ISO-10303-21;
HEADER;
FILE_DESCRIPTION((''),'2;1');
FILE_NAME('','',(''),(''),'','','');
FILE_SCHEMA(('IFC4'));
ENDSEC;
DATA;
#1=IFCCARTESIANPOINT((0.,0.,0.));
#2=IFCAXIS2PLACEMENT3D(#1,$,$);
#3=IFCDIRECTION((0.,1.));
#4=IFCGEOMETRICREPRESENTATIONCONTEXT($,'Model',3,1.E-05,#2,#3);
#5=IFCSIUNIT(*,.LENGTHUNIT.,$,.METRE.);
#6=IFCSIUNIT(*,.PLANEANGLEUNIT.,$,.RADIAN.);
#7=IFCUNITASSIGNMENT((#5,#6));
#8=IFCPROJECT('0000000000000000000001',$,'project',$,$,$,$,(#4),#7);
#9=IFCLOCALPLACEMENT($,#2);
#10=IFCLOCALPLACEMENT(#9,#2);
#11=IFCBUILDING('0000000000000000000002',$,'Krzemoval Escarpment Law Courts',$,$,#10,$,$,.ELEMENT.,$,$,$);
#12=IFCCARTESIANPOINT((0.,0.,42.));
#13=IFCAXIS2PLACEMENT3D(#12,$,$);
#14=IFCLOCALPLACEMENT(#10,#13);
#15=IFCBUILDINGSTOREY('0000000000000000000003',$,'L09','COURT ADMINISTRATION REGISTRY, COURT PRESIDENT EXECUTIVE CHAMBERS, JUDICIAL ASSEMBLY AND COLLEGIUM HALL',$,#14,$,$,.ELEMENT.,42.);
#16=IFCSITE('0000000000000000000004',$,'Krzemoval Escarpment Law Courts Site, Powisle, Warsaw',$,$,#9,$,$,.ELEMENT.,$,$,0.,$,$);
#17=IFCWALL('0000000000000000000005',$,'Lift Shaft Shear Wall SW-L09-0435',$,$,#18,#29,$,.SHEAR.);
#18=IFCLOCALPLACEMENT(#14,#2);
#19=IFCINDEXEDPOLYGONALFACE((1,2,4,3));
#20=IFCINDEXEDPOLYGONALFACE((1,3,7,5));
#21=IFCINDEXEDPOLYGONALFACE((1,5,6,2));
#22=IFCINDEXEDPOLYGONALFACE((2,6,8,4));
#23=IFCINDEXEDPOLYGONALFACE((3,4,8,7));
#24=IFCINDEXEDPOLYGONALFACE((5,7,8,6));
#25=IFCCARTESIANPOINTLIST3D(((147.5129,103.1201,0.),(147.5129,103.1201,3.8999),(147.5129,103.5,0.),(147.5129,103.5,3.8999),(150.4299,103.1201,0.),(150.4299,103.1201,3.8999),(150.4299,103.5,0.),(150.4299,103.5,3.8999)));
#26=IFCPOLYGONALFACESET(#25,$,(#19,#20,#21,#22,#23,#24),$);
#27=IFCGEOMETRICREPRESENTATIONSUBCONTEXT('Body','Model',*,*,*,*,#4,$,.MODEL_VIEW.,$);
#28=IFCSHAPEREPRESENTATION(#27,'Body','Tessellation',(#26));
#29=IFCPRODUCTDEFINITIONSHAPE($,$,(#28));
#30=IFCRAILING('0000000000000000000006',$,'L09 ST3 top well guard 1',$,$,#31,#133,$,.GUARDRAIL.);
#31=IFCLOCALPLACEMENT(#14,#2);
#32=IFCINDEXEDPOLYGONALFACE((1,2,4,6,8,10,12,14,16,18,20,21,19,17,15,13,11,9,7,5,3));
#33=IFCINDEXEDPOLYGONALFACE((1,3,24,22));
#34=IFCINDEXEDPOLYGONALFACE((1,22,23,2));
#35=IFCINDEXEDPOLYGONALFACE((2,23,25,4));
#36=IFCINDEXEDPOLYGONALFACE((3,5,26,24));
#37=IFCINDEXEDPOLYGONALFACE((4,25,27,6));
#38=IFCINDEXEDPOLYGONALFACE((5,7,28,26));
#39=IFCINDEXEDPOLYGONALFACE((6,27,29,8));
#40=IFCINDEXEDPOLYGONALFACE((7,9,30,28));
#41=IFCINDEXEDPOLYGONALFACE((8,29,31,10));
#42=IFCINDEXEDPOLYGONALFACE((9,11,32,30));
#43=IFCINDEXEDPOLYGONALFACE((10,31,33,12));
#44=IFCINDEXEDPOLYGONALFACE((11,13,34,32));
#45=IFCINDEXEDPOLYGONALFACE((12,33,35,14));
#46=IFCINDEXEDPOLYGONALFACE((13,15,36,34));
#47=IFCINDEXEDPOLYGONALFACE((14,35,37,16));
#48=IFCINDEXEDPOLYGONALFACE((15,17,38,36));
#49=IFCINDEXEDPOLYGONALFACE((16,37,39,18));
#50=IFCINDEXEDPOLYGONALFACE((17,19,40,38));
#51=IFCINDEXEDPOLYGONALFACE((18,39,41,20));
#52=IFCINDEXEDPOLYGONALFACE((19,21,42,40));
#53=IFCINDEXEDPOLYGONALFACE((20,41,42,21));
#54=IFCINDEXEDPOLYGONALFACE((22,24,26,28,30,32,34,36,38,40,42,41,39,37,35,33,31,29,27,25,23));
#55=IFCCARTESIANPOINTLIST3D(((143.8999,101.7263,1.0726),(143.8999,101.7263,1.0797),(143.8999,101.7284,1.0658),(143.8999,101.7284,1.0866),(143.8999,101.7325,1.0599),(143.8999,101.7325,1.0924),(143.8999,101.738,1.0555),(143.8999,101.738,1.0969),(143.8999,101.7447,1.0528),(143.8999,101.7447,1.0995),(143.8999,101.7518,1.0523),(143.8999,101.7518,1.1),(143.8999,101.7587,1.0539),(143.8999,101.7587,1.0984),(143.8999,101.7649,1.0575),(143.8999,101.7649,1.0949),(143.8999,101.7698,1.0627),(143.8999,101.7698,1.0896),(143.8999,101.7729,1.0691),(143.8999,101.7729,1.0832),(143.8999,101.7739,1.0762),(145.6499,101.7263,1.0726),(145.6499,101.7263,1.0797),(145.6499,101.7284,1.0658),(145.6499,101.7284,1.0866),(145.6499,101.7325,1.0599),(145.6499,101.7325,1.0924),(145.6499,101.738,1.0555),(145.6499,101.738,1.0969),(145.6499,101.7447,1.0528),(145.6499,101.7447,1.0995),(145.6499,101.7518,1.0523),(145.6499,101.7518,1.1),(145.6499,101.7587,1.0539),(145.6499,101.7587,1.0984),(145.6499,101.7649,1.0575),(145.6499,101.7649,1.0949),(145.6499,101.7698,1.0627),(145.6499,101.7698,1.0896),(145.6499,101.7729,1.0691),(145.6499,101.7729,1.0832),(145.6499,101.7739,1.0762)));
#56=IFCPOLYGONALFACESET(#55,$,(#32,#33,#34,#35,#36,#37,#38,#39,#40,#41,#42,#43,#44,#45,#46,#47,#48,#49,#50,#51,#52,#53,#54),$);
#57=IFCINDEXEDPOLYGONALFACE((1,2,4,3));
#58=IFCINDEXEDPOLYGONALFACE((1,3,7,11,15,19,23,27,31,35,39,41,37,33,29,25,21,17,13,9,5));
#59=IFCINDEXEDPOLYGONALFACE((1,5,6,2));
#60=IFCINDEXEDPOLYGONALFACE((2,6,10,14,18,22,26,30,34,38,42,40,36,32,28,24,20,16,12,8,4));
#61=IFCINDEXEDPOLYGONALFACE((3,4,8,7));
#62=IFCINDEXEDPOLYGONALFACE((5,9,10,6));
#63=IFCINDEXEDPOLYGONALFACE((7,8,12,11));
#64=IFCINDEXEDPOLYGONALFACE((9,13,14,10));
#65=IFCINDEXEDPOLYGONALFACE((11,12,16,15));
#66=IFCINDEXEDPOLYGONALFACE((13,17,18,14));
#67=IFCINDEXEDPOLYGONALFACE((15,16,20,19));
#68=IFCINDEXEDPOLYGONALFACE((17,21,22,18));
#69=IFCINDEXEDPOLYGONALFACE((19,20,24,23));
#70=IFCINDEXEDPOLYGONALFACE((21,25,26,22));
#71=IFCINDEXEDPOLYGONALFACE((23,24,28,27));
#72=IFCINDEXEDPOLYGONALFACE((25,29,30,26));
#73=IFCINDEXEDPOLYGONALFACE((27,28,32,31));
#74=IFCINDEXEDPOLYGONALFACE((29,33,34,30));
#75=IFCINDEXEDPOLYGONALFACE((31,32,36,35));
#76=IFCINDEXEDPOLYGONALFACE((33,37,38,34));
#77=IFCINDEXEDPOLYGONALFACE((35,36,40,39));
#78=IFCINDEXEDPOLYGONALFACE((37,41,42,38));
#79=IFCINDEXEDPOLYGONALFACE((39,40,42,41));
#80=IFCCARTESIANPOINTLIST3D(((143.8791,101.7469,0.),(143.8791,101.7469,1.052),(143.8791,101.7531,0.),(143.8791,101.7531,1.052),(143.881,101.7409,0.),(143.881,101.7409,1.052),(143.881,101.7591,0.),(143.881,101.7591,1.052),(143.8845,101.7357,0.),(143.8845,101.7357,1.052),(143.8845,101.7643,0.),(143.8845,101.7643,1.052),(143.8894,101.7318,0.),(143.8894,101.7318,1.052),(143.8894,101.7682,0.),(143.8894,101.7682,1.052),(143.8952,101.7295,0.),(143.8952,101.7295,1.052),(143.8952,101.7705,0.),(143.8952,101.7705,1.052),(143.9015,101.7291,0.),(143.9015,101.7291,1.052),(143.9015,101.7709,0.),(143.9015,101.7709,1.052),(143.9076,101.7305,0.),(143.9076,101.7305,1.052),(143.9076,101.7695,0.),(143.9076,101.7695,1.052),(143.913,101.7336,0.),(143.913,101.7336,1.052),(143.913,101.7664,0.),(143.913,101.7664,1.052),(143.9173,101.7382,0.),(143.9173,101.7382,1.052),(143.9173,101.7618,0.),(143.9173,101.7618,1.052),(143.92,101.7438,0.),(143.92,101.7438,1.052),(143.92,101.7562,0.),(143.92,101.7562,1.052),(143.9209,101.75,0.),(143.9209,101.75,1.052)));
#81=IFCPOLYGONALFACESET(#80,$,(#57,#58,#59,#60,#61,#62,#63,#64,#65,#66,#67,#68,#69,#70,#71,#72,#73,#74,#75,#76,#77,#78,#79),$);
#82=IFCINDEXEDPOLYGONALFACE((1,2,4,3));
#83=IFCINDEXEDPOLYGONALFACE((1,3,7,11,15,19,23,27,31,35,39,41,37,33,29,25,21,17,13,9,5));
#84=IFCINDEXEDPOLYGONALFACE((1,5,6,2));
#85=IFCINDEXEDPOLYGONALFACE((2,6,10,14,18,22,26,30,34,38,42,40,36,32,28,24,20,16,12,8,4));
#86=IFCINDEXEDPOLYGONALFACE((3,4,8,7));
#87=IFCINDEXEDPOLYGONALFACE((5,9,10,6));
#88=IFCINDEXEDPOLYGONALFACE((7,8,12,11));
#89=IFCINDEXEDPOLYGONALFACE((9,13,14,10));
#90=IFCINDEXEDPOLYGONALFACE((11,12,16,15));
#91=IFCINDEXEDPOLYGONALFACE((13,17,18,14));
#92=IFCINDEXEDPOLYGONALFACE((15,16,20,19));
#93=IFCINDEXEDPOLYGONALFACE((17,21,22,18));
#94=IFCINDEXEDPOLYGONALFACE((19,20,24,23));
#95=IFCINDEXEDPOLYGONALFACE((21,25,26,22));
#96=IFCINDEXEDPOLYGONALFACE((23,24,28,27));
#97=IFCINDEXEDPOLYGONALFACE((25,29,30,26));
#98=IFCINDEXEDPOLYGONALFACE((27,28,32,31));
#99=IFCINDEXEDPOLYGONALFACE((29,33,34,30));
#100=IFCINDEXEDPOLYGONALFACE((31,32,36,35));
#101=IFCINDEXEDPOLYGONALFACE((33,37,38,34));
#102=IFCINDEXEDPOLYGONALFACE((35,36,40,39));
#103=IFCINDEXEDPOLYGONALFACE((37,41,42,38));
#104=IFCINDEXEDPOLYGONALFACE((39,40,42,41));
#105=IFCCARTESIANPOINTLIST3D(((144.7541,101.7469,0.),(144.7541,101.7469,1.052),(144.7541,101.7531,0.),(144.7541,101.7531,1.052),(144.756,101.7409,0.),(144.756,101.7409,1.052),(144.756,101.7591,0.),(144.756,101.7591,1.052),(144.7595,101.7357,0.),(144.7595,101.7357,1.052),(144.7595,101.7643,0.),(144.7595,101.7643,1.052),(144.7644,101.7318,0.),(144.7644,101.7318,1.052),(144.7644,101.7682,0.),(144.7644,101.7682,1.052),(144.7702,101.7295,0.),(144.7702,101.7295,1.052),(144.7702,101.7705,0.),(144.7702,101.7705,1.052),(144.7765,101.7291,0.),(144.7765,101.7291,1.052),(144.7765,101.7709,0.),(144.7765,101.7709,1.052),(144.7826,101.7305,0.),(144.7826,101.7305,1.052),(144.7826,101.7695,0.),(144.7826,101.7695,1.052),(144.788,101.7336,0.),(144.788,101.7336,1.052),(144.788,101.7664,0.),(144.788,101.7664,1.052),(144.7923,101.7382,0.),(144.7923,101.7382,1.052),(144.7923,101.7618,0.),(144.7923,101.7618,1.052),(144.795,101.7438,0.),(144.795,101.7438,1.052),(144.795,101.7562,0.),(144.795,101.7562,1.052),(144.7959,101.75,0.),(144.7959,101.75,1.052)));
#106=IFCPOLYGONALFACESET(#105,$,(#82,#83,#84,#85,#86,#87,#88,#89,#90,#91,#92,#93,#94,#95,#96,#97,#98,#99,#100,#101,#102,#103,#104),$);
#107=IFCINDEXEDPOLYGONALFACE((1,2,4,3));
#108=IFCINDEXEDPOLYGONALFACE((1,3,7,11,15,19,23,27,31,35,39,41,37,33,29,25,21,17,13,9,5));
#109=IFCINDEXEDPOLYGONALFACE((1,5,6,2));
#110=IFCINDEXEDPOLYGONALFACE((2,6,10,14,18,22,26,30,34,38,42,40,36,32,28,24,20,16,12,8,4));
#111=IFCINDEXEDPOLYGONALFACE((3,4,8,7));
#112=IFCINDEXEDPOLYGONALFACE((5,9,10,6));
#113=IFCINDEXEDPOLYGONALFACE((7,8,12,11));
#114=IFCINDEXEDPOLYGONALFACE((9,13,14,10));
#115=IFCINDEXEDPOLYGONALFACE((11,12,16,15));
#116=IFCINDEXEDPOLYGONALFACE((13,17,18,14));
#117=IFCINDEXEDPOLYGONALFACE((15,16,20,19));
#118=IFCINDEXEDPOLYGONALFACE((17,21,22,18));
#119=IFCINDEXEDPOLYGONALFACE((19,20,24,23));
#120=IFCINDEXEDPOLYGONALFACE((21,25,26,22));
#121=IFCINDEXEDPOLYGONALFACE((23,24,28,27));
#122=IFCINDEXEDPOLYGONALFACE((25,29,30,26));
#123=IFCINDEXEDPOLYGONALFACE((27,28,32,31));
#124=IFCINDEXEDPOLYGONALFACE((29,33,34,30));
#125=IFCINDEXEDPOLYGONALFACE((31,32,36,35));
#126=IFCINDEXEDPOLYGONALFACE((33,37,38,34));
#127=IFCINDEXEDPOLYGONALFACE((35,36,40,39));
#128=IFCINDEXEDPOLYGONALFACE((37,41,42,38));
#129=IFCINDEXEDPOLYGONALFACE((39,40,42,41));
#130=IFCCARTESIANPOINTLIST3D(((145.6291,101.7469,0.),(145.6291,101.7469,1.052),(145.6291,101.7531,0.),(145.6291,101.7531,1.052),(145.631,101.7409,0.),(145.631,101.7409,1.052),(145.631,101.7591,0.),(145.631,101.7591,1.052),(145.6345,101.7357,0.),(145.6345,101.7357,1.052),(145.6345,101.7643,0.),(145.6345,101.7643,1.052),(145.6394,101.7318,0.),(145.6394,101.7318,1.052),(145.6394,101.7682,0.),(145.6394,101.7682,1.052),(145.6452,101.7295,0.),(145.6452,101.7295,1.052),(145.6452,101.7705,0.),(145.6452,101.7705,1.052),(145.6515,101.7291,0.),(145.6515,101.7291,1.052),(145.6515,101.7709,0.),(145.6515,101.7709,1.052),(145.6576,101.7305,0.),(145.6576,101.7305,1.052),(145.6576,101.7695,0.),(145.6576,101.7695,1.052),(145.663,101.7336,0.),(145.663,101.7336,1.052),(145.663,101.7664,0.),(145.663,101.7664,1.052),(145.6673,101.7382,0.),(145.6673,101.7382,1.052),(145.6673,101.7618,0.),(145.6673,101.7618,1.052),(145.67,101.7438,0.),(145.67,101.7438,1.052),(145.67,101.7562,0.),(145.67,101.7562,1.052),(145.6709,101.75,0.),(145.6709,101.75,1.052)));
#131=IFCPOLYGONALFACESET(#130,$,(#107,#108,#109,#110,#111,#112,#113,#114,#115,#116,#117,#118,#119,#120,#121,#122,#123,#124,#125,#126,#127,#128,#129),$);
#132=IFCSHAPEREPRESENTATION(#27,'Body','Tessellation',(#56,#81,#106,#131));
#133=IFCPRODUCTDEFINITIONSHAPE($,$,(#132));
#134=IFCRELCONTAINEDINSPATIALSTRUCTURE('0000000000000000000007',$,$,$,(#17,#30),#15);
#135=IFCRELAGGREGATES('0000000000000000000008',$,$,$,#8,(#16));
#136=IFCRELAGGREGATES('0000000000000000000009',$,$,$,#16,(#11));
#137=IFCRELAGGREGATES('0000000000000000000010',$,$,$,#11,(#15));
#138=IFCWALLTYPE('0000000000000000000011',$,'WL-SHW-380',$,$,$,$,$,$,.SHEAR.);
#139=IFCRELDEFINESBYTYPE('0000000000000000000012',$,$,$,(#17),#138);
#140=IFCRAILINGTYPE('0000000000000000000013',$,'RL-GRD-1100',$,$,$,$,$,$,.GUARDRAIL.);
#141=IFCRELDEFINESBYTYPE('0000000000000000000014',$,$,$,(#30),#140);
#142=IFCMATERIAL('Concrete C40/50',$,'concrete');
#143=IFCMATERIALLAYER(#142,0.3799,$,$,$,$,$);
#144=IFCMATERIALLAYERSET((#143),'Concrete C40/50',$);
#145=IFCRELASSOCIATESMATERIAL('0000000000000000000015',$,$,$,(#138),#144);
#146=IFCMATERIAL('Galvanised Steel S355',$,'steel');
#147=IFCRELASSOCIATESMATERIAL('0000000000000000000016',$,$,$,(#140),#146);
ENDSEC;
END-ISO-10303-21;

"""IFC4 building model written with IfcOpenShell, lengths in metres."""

from ifc_helpers import new_model, si_unit, direction, frame, frame_2d, origin, origin_2d, place, context, subcontext, project, spatial, rectangle, circle, extrude, material, layer, layer_set, type_object, element, save


model = new_model("IFC4")

# Units and contexts
model_context = context("Model", 3, precision=1e-05, world=origin(), true_north=direction((0.0, 1.0)))
body_context = subcontext(model_context, "Body", "Model", "MODEL_VIEW")
ifc_project = project(units=[si_unit("LENGTHUNIT", "METRE"), si_unit("PLANEANGLEUNIT", "RADIAN")], contexts=[model_context])

# Site, building, storey
site_placement = place(None, origin())
site = spatial("IfcSite", under=ifc_project, at=site_placement, Name="Krzemoval Escarpment Law Courts Site, Powisle, Warsaw", CompositionType="ELEMENT", RefElevation=0.0)
building_placement = place(site_placement, origin())
building = spatial("IfcBuilding", under=site, at=building_placement, Name="Krzemoval Escarpment Law Courts", CompositionType="ELEMENT")
storey_placement = place(building_placement, frame((0.0, 0.0, 42.0)))
storey = spatial("IfcBuildingStorey", under=building, at=storey_placement, Name="L09", Description="COURT ADMINISTRATION REGISTRY, COURT PRESIDENT EXECUTIVE CHAMBERS, JUDICIAL ASSEMBLY AND COLLEGIUM HALL", CompositionType="ELEMENT", Elevation=42.0)

# Wall
ifc_material_1 = material(Name="Concrete C40/50", Category="concrete")
ifc_layer_1 = layer(ifc_material_1, 0.3799)
ifc_layer_set_1 = layer_set([ifc_layer_1], Name="Concrete C40/50")
wall_type = type_object("IfcWallType", Name="WL-SHW-380", PredefinedType="SHEAR", material=ifc_layer_set_1)
wall_1_placement = place(storey_placement, frame((147.5129, 103.3101, 0.0), z_axis=(0.0, 0.0, 1.0), x_axis=(1.0, 0.0, 0.0)))
element("IfcWall", 1, at=wall_1_placement, inside=storey, type_object=wall_type, Name="Lift Shaft Shear Wall SW-L09-0435", PredefinedType="SHEAR", context=body_context, shape_type="SweptSolid", body=[
    extrude(rectangle(XDim=2.917, YDim=0.3799, at=frame_2d((1.4585, 0.0))), origin(), (0.0, 0.0, 1.0), 3.8999),
])

# Railing
ifc_material_2 = material(Name="Galvanised Steel S355", Category="steel")
railing_type = type_object("IfcRailingType", Name="RL-GRD-1100", PredefinedType="GUARDRAIL", material=ifc_material_2)
railing_placement = place(storey_placement, frame((143.8999, 101.75, 0.0)))
element("IfcRailing", 2, at=railing_placement, inside=storey, type_object=railing_type, Name="L09 ST3 top well guard 1", PredefinedType="GUARDRAIL", context=body_context, shape_type="SweptSolid", body=[
    extrude(circle(Radius=0.0239, at=origin_2d()), frame((0.0, 0.0, 1.0762), z_axis=(1.0, 0.0, 0.0), x_axis=(0.0, 1.0, 0.0)), (0.0, 0.0, 1.0), 1.75),
    extrude(circle(Radius=0.021, at=origin_2d()), origin(), (0.0, 0.0, 1.0), 1.052),
    extrude(circle(Radius=0.021, at=origin_2d()), frame((0.875, 0.0, 0.0)), (0.0, 0.0, 1.0), 1.052),
    extrude(circle(Radius=0.021, at=origin_2d()), frame((1.75, 0.0, 0.0)), (0.0, 0.0, 1.0), 1.052),
])

save(model, "model.ifc")
